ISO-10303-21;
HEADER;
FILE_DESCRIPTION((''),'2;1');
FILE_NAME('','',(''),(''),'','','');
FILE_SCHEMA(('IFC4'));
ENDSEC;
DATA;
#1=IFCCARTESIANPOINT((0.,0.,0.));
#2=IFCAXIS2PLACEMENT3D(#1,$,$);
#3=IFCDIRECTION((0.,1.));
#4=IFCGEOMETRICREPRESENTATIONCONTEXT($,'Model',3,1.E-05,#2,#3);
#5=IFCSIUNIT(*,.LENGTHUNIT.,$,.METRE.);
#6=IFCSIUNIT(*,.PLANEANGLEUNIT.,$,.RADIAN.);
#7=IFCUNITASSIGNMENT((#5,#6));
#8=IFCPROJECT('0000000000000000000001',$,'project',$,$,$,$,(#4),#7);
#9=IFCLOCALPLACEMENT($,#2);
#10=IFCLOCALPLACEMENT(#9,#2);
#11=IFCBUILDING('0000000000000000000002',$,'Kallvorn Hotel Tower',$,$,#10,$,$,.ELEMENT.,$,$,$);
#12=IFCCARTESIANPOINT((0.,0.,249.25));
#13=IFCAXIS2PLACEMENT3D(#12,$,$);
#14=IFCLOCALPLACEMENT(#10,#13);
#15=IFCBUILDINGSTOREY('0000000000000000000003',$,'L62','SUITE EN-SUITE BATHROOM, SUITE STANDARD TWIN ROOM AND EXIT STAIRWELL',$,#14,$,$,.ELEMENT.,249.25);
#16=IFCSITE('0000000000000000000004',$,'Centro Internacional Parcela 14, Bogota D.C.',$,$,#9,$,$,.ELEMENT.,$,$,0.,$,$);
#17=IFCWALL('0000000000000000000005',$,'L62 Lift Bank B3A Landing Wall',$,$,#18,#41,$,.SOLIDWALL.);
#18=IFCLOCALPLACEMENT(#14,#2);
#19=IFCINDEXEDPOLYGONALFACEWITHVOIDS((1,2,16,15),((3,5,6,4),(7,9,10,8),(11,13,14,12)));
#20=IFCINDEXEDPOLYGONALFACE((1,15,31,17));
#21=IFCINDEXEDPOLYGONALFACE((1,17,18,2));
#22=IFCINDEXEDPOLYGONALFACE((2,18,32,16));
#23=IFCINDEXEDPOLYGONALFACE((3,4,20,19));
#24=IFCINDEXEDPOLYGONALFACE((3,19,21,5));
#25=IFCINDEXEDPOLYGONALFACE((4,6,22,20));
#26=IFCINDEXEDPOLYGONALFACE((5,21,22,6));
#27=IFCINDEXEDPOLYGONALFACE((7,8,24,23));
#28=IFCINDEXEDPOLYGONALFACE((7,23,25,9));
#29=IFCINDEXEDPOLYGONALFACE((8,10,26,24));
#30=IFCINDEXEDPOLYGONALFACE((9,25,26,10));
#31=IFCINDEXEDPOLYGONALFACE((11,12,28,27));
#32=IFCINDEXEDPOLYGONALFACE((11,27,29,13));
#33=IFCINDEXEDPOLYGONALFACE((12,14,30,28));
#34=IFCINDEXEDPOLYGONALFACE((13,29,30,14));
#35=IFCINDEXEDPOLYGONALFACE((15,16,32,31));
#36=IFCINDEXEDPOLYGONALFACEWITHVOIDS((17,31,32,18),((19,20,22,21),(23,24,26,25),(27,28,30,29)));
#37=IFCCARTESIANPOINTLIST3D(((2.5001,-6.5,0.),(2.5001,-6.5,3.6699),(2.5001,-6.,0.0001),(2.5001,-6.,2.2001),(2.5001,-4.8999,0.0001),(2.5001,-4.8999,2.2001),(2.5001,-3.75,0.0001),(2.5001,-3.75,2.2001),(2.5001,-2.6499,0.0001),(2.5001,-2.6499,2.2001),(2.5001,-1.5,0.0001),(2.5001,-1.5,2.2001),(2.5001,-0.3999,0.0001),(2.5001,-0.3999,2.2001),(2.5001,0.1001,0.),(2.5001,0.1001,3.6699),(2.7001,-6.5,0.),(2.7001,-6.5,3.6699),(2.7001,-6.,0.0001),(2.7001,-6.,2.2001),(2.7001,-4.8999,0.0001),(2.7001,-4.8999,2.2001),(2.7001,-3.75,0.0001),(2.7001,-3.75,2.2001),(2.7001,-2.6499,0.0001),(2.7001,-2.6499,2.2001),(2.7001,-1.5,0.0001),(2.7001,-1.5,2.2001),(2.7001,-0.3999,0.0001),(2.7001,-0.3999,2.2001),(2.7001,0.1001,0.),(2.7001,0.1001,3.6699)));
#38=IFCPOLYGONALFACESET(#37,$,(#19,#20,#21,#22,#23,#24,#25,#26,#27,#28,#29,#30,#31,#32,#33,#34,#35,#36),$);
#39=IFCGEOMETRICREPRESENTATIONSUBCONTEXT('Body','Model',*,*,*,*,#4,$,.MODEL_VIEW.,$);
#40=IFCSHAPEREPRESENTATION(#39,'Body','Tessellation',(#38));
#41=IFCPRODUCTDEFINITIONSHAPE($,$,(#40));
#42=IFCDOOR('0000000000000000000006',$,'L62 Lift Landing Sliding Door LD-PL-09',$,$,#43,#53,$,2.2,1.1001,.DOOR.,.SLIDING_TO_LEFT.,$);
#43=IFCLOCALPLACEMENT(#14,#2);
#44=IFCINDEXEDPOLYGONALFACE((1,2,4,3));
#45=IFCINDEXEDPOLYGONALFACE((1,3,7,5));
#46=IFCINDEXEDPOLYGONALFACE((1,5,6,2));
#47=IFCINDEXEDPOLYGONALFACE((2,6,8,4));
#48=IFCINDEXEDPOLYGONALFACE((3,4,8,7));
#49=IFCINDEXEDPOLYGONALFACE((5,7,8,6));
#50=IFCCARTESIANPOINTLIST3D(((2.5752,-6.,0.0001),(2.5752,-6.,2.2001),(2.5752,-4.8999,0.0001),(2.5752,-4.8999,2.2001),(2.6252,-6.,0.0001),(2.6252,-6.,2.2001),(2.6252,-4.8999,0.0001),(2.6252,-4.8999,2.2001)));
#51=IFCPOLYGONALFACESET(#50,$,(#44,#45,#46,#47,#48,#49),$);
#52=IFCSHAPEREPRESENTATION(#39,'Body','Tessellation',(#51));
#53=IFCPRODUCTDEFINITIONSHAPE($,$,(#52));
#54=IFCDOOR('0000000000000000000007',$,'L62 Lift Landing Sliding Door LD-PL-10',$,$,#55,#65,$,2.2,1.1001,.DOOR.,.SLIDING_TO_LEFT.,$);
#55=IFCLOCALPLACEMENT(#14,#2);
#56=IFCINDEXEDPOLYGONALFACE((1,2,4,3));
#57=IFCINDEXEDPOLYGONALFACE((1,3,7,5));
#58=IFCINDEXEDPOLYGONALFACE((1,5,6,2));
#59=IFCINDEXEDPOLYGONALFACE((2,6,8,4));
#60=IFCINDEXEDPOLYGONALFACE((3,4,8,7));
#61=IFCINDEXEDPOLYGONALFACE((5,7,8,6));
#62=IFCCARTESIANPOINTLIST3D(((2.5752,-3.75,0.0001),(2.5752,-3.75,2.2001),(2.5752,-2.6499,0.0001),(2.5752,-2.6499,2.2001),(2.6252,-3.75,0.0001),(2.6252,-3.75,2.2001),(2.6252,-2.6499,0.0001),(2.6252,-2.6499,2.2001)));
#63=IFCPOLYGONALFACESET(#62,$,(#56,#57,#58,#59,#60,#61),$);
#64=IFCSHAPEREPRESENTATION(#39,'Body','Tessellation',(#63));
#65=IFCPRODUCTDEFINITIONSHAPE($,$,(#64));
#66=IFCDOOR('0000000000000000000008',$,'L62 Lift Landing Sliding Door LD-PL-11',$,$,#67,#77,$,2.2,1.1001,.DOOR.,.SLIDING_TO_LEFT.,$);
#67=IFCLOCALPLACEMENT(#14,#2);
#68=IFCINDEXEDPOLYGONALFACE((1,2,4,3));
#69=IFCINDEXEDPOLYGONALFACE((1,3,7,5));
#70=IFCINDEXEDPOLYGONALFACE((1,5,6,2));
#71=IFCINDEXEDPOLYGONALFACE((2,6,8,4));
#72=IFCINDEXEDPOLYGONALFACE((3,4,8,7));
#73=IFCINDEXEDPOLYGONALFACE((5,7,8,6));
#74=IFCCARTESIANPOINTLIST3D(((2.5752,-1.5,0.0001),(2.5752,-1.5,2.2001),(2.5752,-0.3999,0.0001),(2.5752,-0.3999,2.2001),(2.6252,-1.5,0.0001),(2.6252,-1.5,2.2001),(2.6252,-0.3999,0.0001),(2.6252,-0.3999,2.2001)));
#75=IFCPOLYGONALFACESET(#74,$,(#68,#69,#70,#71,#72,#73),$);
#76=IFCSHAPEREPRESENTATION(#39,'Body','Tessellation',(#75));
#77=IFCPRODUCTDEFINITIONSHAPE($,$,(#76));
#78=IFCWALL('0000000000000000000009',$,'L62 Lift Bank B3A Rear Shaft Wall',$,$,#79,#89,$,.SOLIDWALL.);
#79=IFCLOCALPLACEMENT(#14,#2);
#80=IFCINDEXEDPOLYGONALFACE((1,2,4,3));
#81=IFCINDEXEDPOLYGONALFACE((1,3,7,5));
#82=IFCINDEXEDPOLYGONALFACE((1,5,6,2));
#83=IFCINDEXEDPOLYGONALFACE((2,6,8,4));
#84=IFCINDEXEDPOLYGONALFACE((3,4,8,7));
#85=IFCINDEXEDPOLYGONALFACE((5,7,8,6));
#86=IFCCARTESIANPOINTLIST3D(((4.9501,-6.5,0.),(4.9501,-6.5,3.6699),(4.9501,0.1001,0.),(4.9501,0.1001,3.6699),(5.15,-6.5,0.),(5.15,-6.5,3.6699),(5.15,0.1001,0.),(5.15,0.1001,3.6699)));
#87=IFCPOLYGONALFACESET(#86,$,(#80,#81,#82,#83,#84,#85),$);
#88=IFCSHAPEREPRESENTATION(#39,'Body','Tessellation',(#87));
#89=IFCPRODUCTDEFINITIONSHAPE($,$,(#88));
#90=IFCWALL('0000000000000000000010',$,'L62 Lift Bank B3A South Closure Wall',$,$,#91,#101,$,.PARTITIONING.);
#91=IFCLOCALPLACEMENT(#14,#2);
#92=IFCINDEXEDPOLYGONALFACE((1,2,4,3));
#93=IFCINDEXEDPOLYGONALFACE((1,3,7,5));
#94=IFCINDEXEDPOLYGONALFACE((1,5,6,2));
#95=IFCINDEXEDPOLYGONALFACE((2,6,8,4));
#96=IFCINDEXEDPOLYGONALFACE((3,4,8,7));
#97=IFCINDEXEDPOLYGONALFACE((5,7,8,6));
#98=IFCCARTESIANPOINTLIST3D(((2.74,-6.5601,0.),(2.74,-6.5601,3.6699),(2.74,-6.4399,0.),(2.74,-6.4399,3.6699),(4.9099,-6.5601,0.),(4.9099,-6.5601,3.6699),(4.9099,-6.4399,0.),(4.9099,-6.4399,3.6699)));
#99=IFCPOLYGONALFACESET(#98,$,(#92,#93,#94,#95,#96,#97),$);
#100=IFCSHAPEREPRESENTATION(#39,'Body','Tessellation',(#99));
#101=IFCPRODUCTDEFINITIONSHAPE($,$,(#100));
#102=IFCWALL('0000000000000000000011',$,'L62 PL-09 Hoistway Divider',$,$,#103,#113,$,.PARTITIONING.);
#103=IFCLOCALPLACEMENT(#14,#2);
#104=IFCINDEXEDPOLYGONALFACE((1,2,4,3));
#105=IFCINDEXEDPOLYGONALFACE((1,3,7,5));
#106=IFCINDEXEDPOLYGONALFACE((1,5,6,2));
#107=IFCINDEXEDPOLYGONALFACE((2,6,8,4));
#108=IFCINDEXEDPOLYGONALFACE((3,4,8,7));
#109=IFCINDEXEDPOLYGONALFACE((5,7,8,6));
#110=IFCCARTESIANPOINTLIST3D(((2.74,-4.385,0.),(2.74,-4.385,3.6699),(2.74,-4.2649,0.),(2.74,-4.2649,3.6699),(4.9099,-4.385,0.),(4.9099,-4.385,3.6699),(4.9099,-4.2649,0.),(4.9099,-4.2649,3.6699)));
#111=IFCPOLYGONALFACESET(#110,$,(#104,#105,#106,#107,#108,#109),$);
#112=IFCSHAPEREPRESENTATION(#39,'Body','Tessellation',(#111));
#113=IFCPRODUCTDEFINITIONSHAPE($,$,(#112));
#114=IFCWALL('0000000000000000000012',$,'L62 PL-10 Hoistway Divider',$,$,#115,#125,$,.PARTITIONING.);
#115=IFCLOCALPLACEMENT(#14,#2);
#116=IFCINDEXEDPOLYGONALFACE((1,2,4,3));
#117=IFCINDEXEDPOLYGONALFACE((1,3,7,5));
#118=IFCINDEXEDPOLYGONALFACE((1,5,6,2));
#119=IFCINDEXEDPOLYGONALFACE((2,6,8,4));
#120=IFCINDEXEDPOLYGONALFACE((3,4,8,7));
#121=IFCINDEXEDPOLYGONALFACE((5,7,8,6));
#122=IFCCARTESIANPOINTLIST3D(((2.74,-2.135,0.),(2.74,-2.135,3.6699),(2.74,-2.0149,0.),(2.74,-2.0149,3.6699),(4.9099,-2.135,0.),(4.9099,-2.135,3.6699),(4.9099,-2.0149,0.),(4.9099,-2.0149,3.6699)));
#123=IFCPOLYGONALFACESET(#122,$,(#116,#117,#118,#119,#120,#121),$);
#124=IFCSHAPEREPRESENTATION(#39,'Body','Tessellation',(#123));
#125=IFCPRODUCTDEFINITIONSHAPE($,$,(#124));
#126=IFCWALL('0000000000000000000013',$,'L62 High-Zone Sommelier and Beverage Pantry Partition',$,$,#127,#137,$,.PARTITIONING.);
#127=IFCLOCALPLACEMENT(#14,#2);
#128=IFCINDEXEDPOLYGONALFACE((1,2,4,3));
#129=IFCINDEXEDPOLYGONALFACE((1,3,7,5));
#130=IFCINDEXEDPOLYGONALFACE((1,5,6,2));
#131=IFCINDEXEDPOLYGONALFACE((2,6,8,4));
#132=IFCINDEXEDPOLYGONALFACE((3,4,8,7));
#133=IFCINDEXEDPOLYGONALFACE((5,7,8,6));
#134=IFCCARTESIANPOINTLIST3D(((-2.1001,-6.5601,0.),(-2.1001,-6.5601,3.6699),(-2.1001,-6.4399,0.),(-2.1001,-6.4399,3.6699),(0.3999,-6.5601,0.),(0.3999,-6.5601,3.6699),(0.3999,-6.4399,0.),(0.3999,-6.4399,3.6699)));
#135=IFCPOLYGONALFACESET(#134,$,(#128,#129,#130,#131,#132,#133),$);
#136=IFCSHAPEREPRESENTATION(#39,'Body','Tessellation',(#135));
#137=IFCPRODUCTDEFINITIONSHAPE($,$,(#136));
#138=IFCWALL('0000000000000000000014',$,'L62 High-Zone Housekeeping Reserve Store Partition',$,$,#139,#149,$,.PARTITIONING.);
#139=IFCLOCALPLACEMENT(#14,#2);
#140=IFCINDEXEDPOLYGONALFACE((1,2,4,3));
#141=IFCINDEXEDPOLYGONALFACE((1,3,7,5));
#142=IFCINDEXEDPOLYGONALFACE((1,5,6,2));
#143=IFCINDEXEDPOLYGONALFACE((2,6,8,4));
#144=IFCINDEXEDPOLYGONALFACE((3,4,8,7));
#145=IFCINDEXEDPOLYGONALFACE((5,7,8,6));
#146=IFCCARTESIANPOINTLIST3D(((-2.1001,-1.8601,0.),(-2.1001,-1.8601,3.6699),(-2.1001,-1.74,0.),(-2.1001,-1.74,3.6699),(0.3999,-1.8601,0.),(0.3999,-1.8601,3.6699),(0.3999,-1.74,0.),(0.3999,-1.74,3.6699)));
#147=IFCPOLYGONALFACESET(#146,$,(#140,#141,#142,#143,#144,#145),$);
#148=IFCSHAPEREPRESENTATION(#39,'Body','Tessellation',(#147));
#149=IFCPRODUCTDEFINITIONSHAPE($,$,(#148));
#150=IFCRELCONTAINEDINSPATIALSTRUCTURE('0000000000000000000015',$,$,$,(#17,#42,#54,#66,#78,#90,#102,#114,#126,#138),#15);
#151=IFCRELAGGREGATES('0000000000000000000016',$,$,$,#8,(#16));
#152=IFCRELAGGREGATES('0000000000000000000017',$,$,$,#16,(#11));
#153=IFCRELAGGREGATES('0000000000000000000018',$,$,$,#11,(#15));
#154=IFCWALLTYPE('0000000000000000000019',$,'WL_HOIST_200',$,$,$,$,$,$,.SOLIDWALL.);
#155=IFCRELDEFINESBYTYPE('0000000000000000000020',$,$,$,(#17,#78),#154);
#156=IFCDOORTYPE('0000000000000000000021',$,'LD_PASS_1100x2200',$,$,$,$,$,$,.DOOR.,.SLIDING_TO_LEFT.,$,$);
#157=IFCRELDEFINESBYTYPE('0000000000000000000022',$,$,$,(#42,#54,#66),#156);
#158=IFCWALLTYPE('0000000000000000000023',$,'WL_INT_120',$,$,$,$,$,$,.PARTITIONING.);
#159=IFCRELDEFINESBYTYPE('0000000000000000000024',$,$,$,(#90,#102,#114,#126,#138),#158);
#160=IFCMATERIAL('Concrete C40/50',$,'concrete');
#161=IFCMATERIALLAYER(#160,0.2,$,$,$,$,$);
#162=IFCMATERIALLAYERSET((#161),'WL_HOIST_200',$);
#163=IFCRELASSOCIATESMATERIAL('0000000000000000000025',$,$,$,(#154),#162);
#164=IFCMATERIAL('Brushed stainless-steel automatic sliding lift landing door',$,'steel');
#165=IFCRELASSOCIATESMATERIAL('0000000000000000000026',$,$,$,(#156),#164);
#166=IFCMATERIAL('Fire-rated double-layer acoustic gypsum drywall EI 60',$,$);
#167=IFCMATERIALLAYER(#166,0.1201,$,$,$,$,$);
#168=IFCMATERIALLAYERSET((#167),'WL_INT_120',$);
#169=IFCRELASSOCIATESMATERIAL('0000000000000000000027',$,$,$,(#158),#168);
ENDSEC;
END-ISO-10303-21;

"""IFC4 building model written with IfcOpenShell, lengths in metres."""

from ifc_helpers import new_model, si_unit, direction, frame, frame_2d, origin, place, context, subcontext, project, spatial, rectangle, extrude, material, layer, layer_set, type_object, element, fill, save


model = new_model("IFC4")

# Units and contexts
model_context = context("Model", 3, precision=1e-05, world=origin(), true_north=direction((0.0, 1.0)))
body_context = subcontext(model_context, "Body", "Model", "MODEL_VIEW")
ifc_project = project(units=[si_unit("LENGTHUNIT", "METRE"), si_unit("PLANEANGLEUNIT", "RADIAN")], contexts=[model_context])

# Site, building, storey
site_placement = place(None, origin())
site = spatial("IfcSite", under=ifc_project, at=site_placement, Name="Centro Internacional Parcela 14, Bogota D.C.", CompositionType="ELEMENT", RefElevation=0.0)
building_placement = place(site_placement, origin())
building = spatial("IfcBuilding", under=site, at=building_placement, Name="Kallvorn Hotel Tower", CompositionType="ELEMENT")
storey_placement = place(building_placement, frame((0.0, 0.0, 249.25)))
storey = spatial("IfcBuildingStorey", under=building, at=storey_placement, Name="L62", Description="SUITE EN-SUITE BATHROOM, SUITE STANDARD TWIN ROOM AND EXIT STAIRWELL", CompositionType="ELEMENT", Elevation=249.25)

# Wall, openings, doors
ifc_material_1 = material(Name="Concrete C40/50", Category="concrete")
ifc_layer_1 = layer(ifc_material_1, 0.2)
ifc_layer_set_1 = layer_set([ifc_layer_1], Name="WL_HOIST_200")
wall_type_1 = type_object("IfcWallType", Name="WL_HOIST_200", PredefinedType="SOLIDWALL", material=ifc_layer_set_1)
wall_1_placement = place(storey_placement, frame((2.6001, -6.5, 0.0), z_axis=(0.0, 0.0, 1.0), x_axis=(0.0, 1.0, 0.0)))
wall_1 = element("IfcWall", 1, at=wall_1_placement, inside=storey, type_object=wall_type_1, Name="L62 Lift Bank B3A Landing Wall", PredefinedType="SOLIDWALL", context=body_context, shape_type="SweptSolid", body=[
    extrude(rectangle(XDim=6.6001, YDim=0.2, at=frame_2d((3.3, 0.0))), origin(), (0.0, 0.0, 1.0), 3.6699),
])
opening_1_placement = place(wall_1_placement, frame((0.5, 0.0, 0.0)))
opening_1 = element("IfcOpeningElement", 2, at=opening_1_placement, cuts=wall_1, PredefinedType="OPENING", context=body_context, shape_type="SweptSolid", body=[
    extrude(rectangle(XDim=1.1001, YDim=2.2, at=frame_2d((0.55, 1.1001))), frame((0.0, 0.115, 0.0), z_axis=(0.0, -1.0, 0.0), x_axis=(1.0, 0.0, 0.0)), (0.0, 0.0, 1.0), 0.23),
])
opening_2_placement = place(wall_1_placement, frame((2.75, 0.0, 0.0)))
opening_2 = element("IfcOpeningElement", 3, at=opening_2_placement, cuts=wall_1, PredefinedType="OPENING", context=body_context, shape_type="SweptSolid", body=[
    extrude(rectangle(XDim=1.1001, YDim=2.2, at=frame_2d((0.55, 1.1001))), frame((0.0, 0.115, 0.0), z_axis=(0.0, -1.0, 0.0), x_axis=(1.0, 0.0, 0.0)), (0.0, 0.0, 1.0), 0.23),
])
opening_3_placement = place(wall_1_placement, frame((5.0, 0.0, 0.0)))
opening_3 = element("IfcOpeningElement", 4, at=opening_3_placement, cuts=wall_1, PredefinedType="OPENING", context=body_context, shape_type="SweptSolid", body=[
    extrude(rectangle(XDim=1.1001, YDim=2.2, at=frame_2d((0.55, 1.1001))), frame((0.0, 0.115, 0.0), z_axis=(0.0, -1.0, 0.0), x_axis=(1.0, 0.0, 0.0)), (0.0, 0.0, 1.0), 0.23),
])
ifc_material_2 = material(Name="Brushed stainless-steel automatic sliding lift landing door", Category="steel")
door_type_1 = type_object("IfcDoorType", Name="LD_PASS_1100x2200", OperationType="SLIDING_TO_LEFT", PredefinedType="DOOR", material=ifc_material_2)
door_1_placement = place(opening_1_placement, origin())
door_1 = element("IfcDoor", 5, at=door_1_placement, inside=storey, type_object=door_type_1, Name="L62 Lift Landing Sliding Door LD-PL-09", OperationType="SLIDING_TO_LEFT", OverallHeight=2.2, OverallWidth=1.1001, PredefinedType="DOOR", context=body_context, shape_type="SweptSolid", body=[
    extrude(rectangle(XDim=1.1001, YDim=2.2, at=frame_2d((0.55, 1.1001))), frame((0.0, 0.0249, 0.0), z_axis=(0.0, -1.0, 0.0), x_axis=(1.0, 0.0, 0.0)), (0.0, 0.0, 1.0), 0.05),
])
fill(opening_1, door_1)
door_2_placement = place(opening_2_placement, origin())
door_2 = element("IfcDoor", 6, at=door_2_placement, inside=storey, type_object=door_type_1, Name="L62 Lift Landing Sliding Door LD-PL-10", OperationType="SLIDING_TO_LEFT", OverallHeight=2.2, OverallWidth=1.1001, PredefinedType="DOOR", context=body_context, shape_type="SweptSolid", body=[
    extrude(rectangle(XDim=1.1001, YDim=2.2, at=frame_2d((0.55, 1.1001))), frame((0.0, 0.0249, 0.0), z_axis=(0.0, -1.0, 0.0), x_axis=(1.0, 0.0, 0.0)), (0.0, 0.0, 1.0), 0.05),
])
fill(opening_2, door_2)
door_3_placement = place(opening_3_placement, origin())
door_3 = element("IfcDoor", 7, at=door_3_placement, inside=storey, type_object=door_type_1, Name="L62 Lift Landing Sliding Door LD-PL-11", OperationType="SLIDING_TO_LEFT", OverallHeight=2.2, OverallWidth=1.1001, PredefinedType="DOOR", context=body_context, shape_type="SweptSolid", body=[
    extrude(rectangle(XDim=1.1001, YDim=2.2, at=frame_2d((0.55, 1.1001))), frame((0.0, 0.0249, 0.0), z_axis=(0.0, -1.0, 0.0), x_axis=(1.0, 0.0, 0.0)), (0.0, 0.0, 1.0), 0.05),
])
fill(opening_3, door_3)

# Walls
wall_2_placement = place(storey_placement, frame((5.05, -6.5, 0.0), z_axis=(0.0, 0.0, 1.0), x_axis=(0.0, 1.0, 0.0)))
element("IfcWall", 8, at=wall_2_placement, inside=storey, type_object=wall_type_1, Name="L62 Lift Bank B3A Rear Shaft Wall", PredefinedType="SOLIDWALL", context=body_context, shape_type="SweptSolid", body=[
    extrude(rectangle(XDim=6.6001, YDim=0.2, at=frame_2d((3.3, 0.0))), origin(), (0.0, 0.0, 1.0), 3.6699),
])
ifc_material_3 = material(Name="Fire-rated double-layer acoustic gypsum drywall EI 60")
ifc_layer_2 = layer(ifc_material_3, 0.1201)
ifc_layer_set_2 = layer_set([ifc_layer_2], Name="WL_INT_120")
wall_type_2 = type_object("IfcWallType", Name="WL_INT_120", PredefinedType="PARTITIONING", material=ifc_layer_set_2)
for number, where, z_axis, x_axis, name in (
    (9, (2.74, -6.5, 0.0), (0.0, 0.0, 1.0), (1.0, 0.0, 0.0), "L62 Lift Bank B3A South Closure Wall"),
    (10, (2.74, -4.325, 0.0), (0.0, 0.0, 1.0), (1.0, 0.0, 0.0), "L62 PL-09 Hoistway Divider"),
    (11, (2.74, -2.075, 0.0), (0.0, 0.0, 1.0), (1.0, 0.0, 0.0), "L62 PL-10 Hoistway Divider"),
):
    element("IfcWall", number, at=place(storey_placement, frame(where, z_axis=z_axis, x_axis=x_axis)), inside=storey, type_object=wall_type_2, Name=name, PredefinedType="PARTITIONING", context=body_context, shape_type="SweptSolid", body=[
        extrude(rectangle(XDim=2.1699, YDim=0.1201, at=frame_2d((1.085, 0.0))), origin(), (0.0, 0.0, 1.0), 3.6699),
    ])
for number, where, z_axis, x_axis, name in (
    (12, (-2.1001, -6.5, 0.0), (0.0, 0.0, 1.0), (1.0, 0.0, 0.0), "L62 High-Zone Sommelier and Beverage Pantry Partition"),
    (13, (-2.1001, -1.8, 0.0), (0.0, 0.0, 1.0), (1.0, 0.0, 0.0), "L62 High-Zone Housekeeping Reserve Store Partition"),
):
    element("IfcWall", number, at=place(storey_placement, frame(where, z_axis=z_axis, x_axis=x_axis)), inside=storey, type_object=wall_type_2, Name=name, PredefinedType="PARTITIONING", context=body_context, shape_type="SweptSolid", body=[
        extrude(rectangle(XDim=2.5, YDim=0.1201, at=frame_2d((1.25, 0.0))), origin(), (0.0, 0.0, 1.0), 3.6699),
    ])

save(model, "model.ifc")
